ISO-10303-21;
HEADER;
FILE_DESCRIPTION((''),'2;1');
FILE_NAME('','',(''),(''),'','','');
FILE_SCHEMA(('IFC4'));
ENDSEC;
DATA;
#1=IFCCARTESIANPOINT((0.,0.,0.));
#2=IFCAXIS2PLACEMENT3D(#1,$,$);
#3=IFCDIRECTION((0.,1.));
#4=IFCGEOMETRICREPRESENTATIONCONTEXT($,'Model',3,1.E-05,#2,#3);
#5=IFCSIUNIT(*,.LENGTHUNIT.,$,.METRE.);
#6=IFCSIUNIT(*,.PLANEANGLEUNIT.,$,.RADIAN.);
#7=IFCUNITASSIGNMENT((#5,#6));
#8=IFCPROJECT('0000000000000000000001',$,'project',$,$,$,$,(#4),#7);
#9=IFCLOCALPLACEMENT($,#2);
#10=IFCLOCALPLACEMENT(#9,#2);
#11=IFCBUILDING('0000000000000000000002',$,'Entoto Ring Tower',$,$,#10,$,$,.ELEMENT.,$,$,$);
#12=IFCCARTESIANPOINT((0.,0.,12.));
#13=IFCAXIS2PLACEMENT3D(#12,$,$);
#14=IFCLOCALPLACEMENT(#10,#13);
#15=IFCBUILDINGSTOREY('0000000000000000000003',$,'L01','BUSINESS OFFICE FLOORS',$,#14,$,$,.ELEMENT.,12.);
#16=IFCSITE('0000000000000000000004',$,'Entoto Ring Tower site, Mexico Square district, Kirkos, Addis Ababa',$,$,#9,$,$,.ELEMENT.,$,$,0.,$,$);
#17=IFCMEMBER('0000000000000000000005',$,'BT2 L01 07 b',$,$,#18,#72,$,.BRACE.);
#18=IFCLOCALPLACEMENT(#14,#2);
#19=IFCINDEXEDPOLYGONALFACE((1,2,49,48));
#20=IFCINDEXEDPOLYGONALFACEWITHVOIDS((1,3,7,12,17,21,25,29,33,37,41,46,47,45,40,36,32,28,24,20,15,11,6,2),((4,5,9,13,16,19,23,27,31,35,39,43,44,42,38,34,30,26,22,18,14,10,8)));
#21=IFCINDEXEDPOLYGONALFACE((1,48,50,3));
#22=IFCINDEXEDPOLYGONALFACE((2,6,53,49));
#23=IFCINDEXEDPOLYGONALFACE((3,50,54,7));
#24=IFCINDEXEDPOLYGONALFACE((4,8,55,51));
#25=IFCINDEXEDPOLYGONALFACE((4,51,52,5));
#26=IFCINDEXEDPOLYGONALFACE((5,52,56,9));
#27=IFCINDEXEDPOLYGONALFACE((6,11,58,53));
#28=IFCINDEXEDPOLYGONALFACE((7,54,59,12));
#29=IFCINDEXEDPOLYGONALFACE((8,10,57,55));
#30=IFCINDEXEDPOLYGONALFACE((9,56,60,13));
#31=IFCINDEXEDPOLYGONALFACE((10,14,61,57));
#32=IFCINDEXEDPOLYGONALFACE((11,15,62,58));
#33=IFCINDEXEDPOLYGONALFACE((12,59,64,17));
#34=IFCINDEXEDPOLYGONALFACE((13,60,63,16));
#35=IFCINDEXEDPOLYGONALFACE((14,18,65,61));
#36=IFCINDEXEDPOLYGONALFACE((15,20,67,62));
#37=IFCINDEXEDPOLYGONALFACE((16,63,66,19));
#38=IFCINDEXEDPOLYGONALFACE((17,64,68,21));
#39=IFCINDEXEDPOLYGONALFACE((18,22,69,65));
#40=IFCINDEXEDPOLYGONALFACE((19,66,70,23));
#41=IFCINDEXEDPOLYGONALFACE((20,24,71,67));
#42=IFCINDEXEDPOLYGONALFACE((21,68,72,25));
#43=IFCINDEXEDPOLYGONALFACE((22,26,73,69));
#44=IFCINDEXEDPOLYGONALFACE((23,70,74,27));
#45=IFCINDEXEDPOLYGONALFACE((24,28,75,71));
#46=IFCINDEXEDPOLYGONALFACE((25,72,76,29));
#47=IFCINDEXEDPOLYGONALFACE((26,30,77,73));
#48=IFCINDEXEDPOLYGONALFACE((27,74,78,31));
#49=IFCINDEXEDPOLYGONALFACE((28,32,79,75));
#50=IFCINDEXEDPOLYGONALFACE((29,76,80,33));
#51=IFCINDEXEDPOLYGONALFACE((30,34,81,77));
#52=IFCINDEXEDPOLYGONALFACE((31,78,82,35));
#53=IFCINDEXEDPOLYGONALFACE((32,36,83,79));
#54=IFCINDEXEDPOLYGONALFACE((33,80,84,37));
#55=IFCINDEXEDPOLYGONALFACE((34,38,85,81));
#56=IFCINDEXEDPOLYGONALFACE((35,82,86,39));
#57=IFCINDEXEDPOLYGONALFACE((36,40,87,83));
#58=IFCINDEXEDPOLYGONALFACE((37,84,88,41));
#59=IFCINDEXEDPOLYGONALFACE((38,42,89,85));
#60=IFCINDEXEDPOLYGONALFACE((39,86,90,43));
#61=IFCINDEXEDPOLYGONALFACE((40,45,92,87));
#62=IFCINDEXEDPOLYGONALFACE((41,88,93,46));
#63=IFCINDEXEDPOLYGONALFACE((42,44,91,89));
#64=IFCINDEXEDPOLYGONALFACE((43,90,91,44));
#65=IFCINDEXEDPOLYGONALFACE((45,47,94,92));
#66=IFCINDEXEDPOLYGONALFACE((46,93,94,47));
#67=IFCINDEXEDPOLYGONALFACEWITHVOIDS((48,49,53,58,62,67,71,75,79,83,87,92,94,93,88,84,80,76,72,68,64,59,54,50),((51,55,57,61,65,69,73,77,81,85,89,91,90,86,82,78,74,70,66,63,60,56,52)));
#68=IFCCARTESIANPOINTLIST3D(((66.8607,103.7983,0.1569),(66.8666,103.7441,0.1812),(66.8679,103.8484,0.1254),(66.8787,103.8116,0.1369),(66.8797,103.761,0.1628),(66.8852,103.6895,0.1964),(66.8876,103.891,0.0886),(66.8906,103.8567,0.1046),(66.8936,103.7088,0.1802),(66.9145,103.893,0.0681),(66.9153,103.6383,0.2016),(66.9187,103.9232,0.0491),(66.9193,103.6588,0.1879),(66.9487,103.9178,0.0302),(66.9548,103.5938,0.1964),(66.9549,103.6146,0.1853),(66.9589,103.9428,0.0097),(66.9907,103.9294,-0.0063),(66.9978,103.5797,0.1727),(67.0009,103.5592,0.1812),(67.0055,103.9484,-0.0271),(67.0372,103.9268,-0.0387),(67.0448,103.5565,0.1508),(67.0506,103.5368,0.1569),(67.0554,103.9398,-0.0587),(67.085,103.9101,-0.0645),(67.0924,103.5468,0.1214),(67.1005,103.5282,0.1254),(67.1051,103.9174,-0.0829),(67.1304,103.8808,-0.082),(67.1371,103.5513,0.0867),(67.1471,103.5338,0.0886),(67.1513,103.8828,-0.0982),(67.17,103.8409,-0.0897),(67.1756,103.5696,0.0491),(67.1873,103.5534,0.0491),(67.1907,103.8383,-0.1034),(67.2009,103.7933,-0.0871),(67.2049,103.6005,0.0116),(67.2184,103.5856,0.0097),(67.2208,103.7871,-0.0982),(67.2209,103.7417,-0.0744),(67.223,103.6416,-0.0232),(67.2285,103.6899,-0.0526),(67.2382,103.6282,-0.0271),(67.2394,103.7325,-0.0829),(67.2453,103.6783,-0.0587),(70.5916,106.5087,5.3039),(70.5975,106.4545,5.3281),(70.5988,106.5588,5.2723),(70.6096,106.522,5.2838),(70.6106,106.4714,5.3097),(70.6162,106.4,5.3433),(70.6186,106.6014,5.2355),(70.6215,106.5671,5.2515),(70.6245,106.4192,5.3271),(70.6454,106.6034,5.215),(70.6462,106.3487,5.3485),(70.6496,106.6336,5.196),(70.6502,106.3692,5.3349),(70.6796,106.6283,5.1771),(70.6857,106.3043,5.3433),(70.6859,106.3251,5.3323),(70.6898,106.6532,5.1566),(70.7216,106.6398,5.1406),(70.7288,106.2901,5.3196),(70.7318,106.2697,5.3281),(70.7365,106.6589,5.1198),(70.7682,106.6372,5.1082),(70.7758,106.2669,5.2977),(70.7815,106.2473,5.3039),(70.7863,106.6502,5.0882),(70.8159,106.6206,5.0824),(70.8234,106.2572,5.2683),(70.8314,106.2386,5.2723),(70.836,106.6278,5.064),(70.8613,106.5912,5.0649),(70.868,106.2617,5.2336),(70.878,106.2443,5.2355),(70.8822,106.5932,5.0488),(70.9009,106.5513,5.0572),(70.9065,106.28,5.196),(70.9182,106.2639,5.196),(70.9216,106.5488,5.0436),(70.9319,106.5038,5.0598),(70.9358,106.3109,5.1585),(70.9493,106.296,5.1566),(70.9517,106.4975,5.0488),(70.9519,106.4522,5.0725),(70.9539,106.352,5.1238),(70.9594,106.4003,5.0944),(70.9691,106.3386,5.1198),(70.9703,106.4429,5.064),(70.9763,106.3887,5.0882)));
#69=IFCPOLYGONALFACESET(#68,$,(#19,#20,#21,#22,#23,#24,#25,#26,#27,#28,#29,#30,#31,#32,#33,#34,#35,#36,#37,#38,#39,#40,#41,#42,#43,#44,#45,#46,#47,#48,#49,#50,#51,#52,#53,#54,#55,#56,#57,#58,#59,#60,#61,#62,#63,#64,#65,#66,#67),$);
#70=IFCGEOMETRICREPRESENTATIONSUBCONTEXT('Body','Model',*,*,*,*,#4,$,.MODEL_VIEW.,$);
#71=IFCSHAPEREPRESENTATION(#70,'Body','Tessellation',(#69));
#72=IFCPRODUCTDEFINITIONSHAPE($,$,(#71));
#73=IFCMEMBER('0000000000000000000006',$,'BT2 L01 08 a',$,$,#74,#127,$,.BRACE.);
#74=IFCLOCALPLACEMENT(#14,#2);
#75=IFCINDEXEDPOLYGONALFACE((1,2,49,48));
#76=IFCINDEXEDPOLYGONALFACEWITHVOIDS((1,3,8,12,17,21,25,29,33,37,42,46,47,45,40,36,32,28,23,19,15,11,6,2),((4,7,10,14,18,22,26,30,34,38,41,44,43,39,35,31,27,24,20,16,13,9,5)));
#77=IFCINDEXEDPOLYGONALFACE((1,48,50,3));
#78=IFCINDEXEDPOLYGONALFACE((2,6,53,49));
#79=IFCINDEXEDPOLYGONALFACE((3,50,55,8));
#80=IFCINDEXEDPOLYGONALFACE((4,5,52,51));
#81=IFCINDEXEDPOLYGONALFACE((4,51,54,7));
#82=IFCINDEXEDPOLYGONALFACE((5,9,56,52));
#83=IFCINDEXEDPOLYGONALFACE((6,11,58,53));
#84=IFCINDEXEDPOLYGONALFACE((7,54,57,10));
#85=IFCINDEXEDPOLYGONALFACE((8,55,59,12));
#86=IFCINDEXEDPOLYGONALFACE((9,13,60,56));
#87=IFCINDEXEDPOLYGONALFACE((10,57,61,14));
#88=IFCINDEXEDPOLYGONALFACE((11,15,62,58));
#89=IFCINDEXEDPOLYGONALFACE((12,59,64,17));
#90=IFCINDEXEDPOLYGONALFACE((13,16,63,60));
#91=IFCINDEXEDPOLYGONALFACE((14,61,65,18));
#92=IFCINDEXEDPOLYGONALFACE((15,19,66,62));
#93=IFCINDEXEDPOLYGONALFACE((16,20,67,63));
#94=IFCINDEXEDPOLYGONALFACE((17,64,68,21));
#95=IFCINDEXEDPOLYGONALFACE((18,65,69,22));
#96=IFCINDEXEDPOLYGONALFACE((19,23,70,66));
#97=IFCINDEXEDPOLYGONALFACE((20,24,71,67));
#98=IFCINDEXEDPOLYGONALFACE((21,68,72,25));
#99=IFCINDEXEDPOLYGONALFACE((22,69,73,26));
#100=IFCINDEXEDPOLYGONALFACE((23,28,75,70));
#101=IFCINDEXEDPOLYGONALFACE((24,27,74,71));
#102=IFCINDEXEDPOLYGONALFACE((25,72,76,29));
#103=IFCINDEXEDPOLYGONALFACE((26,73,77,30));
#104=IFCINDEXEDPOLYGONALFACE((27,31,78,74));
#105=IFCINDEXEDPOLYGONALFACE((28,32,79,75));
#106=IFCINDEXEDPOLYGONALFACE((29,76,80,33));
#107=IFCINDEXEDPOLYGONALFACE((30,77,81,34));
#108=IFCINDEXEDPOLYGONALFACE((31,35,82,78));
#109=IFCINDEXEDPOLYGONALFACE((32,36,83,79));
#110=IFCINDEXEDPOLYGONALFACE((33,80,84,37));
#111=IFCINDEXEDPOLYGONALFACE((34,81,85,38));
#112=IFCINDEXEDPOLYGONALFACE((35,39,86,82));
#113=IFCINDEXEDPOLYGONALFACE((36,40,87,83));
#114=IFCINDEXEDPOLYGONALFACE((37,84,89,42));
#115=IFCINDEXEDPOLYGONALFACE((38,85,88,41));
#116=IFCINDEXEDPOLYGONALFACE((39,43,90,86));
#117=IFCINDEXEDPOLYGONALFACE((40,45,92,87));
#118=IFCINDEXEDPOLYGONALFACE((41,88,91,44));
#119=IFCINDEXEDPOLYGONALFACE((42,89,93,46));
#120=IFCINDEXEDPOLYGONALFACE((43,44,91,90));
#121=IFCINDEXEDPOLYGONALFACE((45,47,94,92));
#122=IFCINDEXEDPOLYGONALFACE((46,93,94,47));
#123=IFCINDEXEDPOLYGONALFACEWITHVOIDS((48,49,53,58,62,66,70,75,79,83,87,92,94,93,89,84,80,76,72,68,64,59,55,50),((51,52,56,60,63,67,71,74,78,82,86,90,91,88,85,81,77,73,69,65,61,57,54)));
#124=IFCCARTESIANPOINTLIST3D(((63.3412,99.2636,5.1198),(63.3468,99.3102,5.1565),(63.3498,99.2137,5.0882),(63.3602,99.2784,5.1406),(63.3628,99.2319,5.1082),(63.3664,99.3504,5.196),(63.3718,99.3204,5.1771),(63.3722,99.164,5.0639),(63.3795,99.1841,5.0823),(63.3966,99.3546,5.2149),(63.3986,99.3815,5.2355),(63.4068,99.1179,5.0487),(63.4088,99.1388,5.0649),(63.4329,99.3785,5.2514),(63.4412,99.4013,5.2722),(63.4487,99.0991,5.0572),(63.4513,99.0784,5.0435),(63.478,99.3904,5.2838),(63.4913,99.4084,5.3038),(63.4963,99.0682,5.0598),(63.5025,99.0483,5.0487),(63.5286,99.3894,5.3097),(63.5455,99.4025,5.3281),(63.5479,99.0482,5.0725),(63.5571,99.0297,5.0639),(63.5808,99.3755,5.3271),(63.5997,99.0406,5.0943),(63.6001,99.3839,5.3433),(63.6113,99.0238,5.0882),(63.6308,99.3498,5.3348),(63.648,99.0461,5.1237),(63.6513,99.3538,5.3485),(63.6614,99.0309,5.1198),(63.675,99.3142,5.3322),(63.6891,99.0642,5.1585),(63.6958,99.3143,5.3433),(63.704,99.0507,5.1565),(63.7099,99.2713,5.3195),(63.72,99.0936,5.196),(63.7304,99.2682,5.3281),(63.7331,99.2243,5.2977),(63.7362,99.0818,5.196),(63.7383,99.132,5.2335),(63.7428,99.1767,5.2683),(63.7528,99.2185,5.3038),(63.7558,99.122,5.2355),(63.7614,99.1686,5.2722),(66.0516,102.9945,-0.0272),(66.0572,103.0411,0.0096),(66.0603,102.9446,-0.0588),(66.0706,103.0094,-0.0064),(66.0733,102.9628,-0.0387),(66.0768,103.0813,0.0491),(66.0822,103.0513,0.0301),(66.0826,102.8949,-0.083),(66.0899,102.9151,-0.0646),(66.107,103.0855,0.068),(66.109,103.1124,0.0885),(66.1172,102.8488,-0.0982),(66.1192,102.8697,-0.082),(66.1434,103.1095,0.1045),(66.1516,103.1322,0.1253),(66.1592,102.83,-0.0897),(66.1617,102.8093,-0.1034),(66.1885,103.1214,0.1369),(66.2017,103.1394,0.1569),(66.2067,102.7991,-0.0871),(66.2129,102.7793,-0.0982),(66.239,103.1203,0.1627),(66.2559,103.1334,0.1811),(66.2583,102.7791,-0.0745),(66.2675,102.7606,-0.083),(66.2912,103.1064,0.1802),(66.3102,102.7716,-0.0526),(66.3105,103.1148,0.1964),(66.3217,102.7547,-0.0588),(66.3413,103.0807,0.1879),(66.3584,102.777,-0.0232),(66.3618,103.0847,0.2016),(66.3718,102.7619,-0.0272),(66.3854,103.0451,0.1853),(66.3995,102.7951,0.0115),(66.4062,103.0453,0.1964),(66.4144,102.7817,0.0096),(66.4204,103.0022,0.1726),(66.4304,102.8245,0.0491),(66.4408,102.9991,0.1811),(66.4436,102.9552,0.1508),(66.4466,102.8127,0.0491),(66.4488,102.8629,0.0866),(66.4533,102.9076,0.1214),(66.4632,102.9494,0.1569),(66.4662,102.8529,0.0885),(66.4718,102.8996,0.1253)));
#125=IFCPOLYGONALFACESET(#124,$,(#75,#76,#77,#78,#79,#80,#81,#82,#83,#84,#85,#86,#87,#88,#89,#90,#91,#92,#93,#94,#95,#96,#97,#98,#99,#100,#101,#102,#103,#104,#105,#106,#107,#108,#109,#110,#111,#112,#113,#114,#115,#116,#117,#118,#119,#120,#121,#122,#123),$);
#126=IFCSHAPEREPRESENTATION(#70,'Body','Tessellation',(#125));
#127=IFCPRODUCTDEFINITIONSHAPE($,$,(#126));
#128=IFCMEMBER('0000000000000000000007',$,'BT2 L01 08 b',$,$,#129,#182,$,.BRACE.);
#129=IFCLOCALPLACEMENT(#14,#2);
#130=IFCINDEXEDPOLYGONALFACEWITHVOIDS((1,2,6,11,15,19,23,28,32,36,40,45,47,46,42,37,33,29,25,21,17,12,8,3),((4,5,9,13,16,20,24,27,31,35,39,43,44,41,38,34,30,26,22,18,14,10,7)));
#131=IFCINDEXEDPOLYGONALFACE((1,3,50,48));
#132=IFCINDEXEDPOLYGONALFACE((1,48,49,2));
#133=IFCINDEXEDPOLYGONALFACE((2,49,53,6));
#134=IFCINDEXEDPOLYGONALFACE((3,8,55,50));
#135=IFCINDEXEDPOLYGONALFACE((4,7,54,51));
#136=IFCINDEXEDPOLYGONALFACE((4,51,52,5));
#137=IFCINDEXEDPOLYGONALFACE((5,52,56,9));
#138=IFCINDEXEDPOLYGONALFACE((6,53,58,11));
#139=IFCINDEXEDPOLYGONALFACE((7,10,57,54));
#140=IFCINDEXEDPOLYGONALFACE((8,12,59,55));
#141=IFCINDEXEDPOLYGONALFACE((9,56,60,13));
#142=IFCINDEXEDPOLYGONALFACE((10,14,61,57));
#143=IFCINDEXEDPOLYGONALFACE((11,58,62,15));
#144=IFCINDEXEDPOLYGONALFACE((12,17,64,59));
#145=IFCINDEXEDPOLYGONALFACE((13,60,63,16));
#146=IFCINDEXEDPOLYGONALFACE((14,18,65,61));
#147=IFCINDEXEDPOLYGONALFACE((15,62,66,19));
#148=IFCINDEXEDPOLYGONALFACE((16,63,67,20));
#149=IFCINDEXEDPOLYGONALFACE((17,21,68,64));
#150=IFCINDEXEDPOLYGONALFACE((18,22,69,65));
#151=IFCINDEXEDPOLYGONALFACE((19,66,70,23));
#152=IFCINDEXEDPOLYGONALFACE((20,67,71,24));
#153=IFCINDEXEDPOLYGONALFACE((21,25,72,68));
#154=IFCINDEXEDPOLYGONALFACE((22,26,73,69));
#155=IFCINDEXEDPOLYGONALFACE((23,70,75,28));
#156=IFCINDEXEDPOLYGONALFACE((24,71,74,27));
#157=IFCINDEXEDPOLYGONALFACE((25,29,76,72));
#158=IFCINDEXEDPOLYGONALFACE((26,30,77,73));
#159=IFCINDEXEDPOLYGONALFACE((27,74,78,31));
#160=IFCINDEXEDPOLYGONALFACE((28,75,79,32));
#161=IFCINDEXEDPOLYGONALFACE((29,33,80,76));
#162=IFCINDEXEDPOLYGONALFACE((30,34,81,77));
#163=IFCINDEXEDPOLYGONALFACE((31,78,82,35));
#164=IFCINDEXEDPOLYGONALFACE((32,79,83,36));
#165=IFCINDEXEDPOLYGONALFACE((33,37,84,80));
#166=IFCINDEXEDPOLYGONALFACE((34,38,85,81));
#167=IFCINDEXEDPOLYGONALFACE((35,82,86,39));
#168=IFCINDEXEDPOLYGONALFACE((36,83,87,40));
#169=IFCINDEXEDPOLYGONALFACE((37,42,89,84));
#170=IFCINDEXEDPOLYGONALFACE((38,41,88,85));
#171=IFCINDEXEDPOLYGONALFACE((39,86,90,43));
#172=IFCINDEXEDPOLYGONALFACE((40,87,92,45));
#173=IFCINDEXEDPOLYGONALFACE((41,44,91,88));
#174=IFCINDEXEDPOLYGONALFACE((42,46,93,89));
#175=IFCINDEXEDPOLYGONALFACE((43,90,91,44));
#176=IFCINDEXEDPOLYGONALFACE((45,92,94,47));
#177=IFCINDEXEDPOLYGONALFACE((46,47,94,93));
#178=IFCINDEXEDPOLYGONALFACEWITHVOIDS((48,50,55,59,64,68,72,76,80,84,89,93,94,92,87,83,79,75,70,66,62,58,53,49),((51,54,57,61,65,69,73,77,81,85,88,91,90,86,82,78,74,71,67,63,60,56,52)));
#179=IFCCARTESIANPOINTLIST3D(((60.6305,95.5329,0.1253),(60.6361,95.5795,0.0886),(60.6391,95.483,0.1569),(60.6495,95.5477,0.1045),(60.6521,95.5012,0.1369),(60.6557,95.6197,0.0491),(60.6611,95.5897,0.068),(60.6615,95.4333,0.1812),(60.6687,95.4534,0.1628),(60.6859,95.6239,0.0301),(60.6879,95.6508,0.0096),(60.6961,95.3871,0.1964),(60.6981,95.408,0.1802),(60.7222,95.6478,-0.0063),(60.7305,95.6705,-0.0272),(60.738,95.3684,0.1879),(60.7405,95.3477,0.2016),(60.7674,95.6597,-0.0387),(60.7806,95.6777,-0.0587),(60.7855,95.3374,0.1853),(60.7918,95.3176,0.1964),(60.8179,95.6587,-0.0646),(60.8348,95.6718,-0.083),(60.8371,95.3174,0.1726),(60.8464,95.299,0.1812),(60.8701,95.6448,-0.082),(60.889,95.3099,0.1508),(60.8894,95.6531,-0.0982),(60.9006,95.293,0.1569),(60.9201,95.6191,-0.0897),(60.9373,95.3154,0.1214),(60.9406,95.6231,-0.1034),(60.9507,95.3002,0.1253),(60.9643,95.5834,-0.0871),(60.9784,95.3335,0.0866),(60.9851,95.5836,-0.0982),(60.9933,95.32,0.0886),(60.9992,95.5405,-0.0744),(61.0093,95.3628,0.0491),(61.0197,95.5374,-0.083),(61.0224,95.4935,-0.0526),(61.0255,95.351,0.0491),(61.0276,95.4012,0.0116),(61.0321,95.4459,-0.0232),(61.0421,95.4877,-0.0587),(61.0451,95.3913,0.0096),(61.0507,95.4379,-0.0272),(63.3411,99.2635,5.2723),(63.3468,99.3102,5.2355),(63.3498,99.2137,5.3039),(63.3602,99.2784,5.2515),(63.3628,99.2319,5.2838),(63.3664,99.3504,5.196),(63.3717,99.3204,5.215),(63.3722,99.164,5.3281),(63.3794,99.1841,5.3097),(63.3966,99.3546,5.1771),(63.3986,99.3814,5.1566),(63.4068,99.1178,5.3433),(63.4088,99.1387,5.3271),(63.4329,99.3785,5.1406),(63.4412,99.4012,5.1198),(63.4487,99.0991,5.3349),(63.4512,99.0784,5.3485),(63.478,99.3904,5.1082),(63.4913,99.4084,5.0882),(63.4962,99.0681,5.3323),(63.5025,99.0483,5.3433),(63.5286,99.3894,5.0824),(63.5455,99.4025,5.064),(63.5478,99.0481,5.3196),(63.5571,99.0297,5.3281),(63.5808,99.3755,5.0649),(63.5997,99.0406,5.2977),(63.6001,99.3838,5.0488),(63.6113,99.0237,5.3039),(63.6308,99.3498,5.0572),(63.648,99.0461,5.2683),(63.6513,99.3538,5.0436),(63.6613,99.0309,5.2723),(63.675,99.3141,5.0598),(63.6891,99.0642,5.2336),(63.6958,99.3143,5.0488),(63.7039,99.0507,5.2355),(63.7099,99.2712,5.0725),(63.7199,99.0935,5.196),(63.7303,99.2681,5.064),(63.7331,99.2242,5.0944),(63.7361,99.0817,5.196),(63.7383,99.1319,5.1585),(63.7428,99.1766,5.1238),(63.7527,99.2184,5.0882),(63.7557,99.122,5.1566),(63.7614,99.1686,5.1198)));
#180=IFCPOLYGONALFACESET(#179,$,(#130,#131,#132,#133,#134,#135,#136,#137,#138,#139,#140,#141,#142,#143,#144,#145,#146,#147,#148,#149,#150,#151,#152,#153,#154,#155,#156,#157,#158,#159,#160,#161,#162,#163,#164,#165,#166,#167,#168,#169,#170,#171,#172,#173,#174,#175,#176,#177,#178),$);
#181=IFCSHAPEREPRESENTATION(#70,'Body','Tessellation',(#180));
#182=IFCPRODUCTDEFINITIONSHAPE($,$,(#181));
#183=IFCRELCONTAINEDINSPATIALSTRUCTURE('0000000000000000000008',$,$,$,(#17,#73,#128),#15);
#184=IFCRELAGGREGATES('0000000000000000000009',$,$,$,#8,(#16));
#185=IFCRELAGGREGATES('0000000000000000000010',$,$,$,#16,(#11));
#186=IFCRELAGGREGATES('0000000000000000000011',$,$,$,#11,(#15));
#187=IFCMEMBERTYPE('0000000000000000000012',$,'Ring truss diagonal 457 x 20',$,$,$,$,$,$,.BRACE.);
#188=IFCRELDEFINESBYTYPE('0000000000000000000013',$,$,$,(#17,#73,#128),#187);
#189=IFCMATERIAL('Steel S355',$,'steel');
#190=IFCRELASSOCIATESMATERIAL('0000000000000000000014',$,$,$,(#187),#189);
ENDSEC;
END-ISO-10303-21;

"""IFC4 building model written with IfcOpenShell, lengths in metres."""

from ifc_helpers import new_model, si_unit, direction, frame, origin, origin_2d, place, context, subcontext, project, spatial, circle, hollow_circle, extrude, material, material_profile, profile_set, type_object, element, save


model = new_model("IFC4")

# Units and contexts
model_context = context("Model", 3, precision=1e-05, world=origin(), true_north=direction((0.0, 1.0)))
body_context = subcontext(model_context, "Body", "Model", "MODEL_VIEW")
ifc_project = project(units=[si_unit("LENGTHUNIT", "METRE"), si_unit("PLANEANGLEUNIT", "RADIAN")], contexts=[model_context])

# Site, building, storey
site_placement = place(None, origin())
site = spatial("IfcSite", under=ifc_project, at=site_placement, Name="Entoto Ring Tower site, Mexico Square district, Kirkos, Addis Ababa", CompositionType="ELEMENT", RefElevation=0.0)
building_placement = place(site_placement, origin())
building = spatial("IfcBuilding", under=site, at=building_placement, Name="Entoto Ring Tower", CompositionType="ELEMENT")
storey_placement = place(building_placement, frame((0.0, 0.0, 12.0)))
storey = spatial("IfcBuildingStorey", under=building, at=storey_placement, Name="L01", Description="BUSINESS OFFICE FLOORS", CompositionType="ELEMENT", Elevation=12.0)

# Members
ifc_material_1 = material(Name="Steel S355", Category="steel")
ifc_material_profile_1 = material_profile(ifc_material_1, hollow_circle(Radius=0.2285, WallThickness=0.02, at=origin_2d()), Name="CHS 457 x 20")
ifc_material_2 = material(Name="Concrete C60/75", Category="concrete")
ifc_material_profile_2 = material_profile(ifc_material_2, circle(Radius=0.2085, at=origin_2d()), Name="Concrete C60/75 infill")
ifc_profile_set_1 = profile_set([ifc_material_profile_1, ifc_material_profile_2], Name="Steel S355")
member_type_1 = type_object("IfcMemberType", Name="Ring truss diagonal 457 x 20", PredefinedType="BRACE", material=ifc_profile_set_1)
for number, where, z_axis, x_axis, name in (
    (1, (70.7839, 106.4487, 5.196), (-0.53988, -0.39221, -0.744782), (0.58775, -0.809043, 0.0), "BT2 L01 07 b"),
    (2, (66.2617, 102.947, 0.0491), (-0.39221, -0.53988, 0.744782), (0.809043, -0.58775, 0.0), "BT2 L01 08 a"),
    (3, (63.5513, 99.2161, 5.196), (-0.392247, -0.539848, -0.744786), (0.808999, -0.58781, 0.0), "BT2 L01 08 b"),
):
    element("IfcMember", number, at=place(storey_placement, frame(where, z_axis=z_axis, x_axis=x_axis)), inside=storey, type_object=member_type_1, Name=name, PredefinedType="BRACE", context=body_context, shape_type="SweptSolid", body=[
        extrude(hollow_circle(Radius=0.2285, WallThickness=0.02, at=origin_2d()), origin(), (0.0, 0.0, 1.0), 6.9106),
    ])

save(model, "model.ifc")
